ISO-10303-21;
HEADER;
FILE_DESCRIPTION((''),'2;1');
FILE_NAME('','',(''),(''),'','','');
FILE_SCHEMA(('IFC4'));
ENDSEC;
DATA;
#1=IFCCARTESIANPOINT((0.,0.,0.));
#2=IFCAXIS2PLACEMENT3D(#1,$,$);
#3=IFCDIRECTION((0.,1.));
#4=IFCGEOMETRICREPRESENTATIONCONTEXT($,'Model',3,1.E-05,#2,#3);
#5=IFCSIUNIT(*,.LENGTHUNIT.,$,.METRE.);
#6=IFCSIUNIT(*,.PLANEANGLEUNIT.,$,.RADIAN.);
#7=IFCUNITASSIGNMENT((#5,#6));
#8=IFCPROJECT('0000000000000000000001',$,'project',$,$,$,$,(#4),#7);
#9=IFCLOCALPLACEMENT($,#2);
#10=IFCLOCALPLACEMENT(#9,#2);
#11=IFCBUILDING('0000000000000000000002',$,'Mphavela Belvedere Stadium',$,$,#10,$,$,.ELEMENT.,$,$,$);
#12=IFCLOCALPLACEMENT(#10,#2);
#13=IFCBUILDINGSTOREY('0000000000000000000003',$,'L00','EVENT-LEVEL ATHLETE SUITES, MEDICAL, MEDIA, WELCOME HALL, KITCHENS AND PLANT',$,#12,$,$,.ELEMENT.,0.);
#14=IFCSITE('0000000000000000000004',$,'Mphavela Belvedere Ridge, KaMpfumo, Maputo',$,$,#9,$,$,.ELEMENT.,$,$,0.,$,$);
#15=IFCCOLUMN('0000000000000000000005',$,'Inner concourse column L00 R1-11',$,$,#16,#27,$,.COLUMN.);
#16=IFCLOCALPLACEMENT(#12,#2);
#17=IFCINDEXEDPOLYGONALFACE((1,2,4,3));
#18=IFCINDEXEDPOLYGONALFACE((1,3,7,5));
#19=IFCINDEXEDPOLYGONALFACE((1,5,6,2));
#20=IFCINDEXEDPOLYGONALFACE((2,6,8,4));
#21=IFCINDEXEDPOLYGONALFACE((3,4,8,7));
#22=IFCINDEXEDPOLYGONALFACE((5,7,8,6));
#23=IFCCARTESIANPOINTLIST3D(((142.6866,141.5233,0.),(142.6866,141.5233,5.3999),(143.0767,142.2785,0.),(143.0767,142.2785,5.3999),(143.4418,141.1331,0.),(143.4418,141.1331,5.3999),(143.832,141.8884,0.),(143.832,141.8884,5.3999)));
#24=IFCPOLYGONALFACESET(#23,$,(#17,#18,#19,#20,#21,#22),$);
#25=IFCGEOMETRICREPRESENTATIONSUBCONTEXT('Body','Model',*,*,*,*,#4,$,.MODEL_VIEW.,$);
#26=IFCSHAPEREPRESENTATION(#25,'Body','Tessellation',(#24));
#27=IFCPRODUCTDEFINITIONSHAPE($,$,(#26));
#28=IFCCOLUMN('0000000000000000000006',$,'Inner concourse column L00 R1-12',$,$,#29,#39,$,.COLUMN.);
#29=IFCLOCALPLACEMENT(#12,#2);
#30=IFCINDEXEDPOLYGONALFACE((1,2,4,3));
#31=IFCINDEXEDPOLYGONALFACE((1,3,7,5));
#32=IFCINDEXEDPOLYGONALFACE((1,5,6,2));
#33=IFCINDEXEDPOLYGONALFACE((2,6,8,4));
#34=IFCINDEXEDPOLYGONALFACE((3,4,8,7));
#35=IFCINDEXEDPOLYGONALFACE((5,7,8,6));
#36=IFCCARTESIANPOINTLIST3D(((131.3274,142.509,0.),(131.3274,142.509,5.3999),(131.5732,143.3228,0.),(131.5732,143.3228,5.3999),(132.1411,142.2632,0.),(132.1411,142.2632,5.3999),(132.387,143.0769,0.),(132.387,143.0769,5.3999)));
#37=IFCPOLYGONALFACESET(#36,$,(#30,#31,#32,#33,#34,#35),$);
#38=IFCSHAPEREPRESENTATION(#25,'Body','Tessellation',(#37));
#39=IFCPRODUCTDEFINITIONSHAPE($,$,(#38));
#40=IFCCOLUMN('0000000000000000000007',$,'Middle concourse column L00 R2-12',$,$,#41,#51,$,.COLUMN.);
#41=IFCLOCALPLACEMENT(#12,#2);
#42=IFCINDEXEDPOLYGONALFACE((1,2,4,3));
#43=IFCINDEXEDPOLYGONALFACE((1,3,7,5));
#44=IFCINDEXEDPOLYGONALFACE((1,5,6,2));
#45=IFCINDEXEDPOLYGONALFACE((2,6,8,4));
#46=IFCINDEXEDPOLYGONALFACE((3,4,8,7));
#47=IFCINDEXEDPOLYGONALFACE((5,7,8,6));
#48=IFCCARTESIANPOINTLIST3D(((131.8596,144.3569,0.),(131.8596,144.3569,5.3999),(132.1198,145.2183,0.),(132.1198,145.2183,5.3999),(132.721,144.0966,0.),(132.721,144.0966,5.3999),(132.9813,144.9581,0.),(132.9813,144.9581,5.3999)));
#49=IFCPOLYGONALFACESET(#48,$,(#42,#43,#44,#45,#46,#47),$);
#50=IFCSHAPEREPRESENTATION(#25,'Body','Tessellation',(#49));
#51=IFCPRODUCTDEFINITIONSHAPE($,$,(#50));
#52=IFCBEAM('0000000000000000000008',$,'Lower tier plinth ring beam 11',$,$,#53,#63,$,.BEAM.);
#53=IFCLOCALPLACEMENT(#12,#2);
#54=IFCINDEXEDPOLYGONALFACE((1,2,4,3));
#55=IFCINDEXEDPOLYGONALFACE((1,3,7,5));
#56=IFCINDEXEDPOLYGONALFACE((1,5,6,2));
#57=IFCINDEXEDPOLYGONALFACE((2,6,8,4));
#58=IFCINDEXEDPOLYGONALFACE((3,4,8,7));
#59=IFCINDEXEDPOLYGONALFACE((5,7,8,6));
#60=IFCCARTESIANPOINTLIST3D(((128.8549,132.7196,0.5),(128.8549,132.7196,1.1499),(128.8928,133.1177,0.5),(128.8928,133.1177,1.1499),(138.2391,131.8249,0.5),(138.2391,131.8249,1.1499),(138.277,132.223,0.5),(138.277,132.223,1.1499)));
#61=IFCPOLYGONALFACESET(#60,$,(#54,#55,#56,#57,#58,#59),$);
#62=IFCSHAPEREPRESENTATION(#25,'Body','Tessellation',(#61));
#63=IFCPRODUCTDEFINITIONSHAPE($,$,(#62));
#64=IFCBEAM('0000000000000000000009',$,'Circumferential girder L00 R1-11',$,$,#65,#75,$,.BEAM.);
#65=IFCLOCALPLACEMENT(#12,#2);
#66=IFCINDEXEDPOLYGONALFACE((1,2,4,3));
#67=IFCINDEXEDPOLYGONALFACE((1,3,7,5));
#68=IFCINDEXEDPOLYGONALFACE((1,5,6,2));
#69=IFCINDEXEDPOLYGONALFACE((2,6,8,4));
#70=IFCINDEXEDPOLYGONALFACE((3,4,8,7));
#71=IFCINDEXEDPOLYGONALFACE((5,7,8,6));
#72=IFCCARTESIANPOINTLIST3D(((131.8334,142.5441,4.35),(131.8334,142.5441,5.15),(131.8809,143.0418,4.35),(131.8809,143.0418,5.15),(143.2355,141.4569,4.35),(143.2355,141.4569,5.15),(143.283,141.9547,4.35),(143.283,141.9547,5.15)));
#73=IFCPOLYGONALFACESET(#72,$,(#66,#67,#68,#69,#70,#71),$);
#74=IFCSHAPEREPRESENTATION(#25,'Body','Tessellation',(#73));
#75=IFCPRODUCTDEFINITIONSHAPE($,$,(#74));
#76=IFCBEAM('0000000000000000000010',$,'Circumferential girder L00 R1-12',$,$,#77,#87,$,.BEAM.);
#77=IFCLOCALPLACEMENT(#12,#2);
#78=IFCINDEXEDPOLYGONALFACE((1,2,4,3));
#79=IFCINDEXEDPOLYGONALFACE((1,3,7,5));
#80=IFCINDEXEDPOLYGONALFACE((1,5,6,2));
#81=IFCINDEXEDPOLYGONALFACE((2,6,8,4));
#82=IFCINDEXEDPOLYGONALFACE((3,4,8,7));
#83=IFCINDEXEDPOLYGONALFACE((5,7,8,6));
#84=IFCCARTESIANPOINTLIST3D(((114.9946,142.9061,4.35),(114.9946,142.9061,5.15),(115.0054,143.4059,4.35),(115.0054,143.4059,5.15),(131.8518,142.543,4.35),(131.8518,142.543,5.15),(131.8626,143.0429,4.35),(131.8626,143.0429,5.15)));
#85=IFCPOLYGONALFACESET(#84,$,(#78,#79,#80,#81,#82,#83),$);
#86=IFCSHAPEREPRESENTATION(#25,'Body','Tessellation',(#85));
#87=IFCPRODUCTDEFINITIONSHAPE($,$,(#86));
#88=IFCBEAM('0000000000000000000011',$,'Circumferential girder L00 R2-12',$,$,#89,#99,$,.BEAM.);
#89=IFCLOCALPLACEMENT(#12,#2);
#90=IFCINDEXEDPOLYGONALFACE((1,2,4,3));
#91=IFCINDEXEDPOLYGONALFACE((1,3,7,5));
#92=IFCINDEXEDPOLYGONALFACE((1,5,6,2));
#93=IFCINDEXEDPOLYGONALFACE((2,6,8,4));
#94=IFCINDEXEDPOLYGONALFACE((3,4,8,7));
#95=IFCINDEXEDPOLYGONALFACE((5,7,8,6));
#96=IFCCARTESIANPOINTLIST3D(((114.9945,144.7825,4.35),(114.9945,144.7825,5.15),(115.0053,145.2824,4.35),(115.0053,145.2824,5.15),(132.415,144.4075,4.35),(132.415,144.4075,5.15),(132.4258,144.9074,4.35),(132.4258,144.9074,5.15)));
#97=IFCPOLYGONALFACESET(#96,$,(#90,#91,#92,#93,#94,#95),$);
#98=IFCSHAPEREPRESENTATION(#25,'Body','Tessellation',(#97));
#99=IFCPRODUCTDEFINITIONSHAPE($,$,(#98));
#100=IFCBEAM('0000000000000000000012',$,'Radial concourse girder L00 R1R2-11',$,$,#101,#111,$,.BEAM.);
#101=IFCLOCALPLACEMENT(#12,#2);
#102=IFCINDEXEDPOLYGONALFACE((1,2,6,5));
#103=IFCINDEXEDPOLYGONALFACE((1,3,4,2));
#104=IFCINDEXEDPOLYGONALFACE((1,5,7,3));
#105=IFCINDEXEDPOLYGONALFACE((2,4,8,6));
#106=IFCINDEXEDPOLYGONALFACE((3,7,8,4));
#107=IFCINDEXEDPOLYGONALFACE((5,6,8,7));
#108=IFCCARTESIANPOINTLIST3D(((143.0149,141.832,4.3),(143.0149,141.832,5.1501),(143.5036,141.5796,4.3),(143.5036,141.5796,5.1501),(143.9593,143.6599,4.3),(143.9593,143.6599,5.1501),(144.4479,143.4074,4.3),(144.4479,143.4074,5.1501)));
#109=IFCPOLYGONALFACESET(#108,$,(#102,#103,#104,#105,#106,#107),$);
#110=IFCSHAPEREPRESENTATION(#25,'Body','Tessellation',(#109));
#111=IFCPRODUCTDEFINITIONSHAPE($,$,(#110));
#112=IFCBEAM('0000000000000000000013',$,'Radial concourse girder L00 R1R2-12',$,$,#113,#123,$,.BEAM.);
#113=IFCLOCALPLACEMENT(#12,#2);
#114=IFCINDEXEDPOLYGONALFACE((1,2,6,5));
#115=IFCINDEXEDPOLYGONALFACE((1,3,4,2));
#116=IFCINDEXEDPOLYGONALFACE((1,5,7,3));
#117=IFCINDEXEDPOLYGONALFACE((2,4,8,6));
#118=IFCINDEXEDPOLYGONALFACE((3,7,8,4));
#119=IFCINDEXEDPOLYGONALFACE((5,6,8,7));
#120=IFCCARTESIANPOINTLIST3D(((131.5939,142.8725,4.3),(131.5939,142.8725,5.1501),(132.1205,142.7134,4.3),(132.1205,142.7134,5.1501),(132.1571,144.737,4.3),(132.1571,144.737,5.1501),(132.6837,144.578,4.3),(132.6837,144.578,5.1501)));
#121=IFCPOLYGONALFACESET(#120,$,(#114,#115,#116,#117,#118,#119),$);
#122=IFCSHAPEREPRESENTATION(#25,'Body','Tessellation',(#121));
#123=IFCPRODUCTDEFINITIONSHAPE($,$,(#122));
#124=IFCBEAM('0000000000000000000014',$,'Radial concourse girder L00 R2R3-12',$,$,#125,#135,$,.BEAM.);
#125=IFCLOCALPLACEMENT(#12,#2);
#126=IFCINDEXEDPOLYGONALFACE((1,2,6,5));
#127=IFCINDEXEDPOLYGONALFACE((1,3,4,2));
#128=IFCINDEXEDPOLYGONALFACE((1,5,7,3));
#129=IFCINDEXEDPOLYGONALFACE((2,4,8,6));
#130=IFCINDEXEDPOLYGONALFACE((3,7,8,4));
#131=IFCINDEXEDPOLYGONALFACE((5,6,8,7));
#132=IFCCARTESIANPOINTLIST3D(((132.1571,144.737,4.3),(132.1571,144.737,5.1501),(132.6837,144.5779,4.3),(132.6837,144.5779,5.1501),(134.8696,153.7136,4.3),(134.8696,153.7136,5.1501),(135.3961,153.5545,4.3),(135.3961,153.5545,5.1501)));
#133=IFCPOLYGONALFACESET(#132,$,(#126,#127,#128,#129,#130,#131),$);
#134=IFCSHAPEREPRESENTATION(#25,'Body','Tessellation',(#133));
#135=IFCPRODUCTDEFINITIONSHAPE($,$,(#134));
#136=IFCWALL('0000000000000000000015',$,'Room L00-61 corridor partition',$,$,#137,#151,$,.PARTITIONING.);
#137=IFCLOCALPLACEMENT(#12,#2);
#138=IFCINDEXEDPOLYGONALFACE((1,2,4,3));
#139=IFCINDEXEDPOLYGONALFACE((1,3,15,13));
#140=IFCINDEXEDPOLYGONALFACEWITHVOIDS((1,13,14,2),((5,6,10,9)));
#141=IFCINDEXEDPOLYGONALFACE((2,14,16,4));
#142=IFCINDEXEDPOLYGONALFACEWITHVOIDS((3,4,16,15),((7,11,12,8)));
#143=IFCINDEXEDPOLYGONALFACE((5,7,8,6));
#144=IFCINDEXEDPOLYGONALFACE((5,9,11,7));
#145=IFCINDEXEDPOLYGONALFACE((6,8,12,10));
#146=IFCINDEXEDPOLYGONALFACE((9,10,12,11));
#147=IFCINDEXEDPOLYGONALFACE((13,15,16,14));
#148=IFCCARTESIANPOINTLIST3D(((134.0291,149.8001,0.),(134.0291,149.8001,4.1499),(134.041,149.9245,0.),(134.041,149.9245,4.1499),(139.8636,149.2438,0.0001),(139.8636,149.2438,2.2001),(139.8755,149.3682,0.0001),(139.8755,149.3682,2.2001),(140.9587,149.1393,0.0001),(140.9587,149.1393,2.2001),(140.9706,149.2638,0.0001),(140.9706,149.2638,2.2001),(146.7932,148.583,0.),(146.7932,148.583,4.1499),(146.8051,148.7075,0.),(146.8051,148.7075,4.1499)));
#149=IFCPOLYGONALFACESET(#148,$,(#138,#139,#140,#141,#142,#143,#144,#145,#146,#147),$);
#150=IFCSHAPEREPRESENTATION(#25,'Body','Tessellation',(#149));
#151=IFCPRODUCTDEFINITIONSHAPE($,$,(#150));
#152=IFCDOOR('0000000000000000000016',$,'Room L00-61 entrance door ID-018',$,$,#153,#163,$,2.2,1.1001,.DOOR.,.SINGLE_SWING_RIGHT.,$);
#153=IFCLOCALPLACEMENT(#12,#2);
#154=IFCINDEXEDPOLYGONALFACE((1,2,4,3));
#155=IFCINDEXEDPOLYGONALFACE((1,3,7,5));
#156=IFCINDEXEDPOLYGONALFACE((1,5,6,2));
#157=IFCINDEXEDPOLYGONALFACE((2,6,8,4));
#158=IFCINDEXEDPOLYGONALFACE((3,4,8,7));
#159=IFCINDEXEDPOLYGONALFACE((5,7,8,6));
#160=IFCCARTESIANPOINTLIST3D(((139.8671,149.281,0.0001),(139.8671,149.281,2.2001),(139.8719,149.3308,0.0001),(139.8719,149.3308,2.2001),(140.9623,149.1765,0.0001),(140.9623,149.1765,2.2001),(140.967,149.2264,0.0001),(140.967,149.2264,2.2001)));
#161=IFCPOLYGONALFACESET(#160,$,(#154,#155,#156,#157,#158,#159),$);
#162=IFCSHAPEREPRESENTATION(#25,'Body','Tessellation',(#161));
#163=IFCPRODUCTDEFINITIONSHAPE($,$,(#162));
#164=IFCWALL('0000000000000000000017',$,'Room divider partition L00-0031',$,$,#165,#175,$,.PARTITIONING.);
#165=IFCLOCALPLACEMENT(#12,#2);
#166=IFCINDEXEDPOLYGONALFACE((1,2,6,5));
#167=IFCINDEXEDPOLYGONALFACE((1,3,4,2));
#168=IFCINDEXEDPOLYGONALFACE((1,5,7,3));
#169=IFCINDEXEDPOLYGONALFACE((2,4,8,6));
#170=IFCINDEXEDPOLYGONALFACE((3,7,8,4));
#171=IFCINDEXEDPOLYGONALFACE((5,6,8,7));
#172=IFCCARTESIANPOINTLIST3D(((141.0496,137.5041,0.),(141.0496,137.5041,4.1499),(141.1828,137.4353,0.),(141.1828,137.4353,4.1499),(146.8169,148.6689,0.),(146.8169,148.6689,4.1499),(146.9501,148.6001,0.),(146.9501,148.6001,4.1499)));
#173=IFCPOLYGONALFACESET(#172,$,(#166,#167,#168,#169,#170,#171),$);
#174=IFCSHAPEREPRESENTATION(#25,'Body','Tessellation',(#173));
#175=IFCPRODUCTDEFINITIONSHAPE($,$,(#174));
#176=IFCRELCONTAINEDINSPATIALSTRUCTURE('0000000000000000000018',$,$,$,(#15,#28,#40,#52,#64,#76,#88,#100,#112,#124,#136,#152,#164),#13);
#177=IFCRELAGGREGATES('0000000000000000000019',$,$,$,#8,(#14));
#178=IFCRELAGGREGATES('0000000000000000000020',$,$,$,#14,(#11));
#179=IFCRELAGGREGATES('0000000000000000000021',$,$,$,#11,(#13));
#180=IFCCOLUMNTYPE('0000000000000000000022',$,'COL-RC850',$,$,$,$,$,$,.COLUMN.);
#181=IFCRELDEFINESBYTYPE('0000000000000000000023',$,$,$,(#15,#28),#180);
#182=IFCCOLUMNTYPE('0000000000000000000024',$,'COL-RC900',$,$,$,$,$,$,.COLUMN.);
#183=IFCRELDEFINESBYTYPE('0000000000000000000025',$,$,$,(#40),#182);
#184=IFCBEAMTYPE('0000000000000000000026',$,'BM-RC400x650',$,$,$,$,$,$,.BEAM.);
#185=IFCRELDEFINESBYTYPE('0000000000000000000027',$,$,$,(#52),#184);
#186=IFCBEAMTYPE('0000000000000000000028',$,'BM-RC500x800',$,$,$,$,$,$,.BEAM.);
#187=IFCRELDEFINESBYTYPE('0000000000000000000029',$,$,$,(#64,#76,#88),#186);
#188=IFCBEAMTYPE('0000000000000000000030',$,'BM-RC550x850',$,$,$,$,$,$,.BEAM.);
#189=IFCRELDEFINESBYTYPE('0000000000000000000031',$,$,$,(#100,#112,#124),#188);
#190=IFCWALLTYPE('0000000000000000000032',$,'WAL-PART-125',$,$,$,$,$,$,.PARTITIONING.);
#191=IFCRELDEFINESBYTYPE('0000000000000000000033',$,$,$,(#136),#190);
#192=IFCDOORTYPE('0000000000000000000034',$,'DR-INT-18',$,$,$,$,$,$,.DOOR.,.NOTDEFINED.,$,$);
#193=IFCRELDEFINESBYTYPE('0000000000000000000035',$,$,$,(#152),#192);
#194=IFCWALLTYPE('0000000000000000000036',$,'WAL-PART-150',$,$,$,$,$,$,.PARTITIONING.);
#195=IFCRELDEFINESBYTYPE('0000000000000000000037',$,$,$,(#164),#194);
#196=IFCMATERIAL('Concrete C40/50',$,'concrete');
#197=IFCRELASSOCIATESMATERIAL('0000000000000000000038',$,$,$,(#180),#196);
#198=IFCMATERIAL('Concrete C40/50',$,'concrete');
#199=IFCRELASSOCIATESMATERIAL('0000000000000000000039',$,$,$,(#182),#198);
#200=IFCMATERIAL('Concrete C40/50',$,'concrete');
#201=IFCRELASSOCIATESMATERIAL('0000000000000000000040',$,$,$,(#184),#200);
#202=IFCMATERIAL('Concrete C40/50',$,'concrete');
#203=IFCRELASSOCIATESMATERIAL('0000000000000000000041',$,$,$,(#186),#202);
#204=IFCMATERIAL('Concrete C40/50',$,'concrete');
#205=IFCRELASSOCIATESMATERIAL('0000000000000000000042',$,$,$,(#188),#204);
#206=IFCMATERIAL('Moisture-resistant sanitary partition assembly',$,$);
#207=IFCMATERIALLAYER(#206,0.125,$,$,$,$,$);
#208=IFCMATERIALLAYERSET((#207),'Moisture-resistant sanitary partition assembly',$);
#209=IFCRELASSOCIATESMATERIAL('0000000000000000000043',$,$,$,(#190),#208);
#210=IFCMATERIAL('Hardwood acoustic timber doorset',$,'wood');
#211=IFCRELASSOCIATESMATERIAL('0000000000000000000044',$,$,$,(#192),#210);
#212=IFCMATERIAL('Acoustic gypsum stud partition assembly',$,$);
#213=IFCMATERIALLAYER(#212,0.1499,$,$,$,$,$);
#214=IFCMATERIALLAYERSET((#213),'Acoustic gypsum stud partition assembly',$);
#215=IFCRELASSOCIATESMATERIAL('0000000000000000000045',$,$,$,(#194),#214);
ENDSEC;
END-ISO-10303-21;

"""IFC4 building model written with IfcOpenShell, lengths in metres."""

from ifc_helpers import new_model, si_unit, direction, frame, frame_2d, origin, origin_2d, place, context, subcontext, project, spatial, rectangle, extrude, material, layer, layer_set, material_profile, profile_set, type_object, element, fill, save


model = new_model("IFC4")

# Units and contexts
model_context = context("Model", 3, precision=1e-05, world=origin(), true_north=direction((0.0, 1.0)))
body_context = subcontext(model_context, "Body", "Model", "MODEL_VIEW")
ifc_project = project(units=[si_unit("LENGTHUNIT", "METRE"), si_unit("PLANEANGLEUNIT", "RADIAN")], contexts=[model_context])

# Site, building, storey
site_placement = place(None, origin())
site = spatial("IfcSite", under=ifc_project, at=site_placement, Name="Mphavela Belvedere Ridge, KaMpfumo, Maputo", CompositionType="ELEMENT", RefElevation=0.0)
building_placement = place(site_placement, origin())
building = spatial("IfcBuilding", under=site, at=building_placement, Name="Mphavela Belvedere Stadium", CompositionType="ELEMENT")
storey_placement = place(building_placement, origin())
storey = spatial("IfcBuildingStorey", under=building, at=storey_placement, Name="L00", Description="EVENT-LEVEL ATHLETE SUITES, MEDICAL, MEDIA, WELCOME HALL, KITCHENS AND PLANT", CompositionType="ELEMENT", Elevation=0.0)

# Columns
ifc_material_1 = material(Name="Concrete C40/50", Category="concrete")
ifc_material_profile_1 = material_profile(ifc_material_1, rectangle(XDim=0.8501, YDim=0.8501, at=origin_2d()), Name="RC 850x850")
ifc_profile_set_1 = profile_set([ifc_material_profile_1], Name="Concrete C40/50")
column_type_1 = type_object("IfcColumnType", Name="COL-RC850", PredefinedType="COLUMN", material=ifc_profile_set_1)
for number, where, z_axis, x_axis, name in (
    (1, (143.2593, 141.7058, 0.0), (0.0, 0.0, 1.0), (0.45896, 0.888457, 0.0), "Inner concourse column L00 R1-11"),
    (2, (131.8572, 142.793, 0.0), (0.0, 0.0, 1.0), (0.289199, 0.957269, 0.0), "Inner concourse column L00 R1-12"),
):
    element("IfcColumn", number, at=place(storey_placement, frame(where, z_axis=z_axis, x_axis=x_axis)), inside=storey, type_object=column_type_1, Name=name, PredefinedType="COLUMN", context=body_context, shape_type="SweptSolid", body=[
        extrude(rectangle(XDim=0.8501, YDim=0.8501, at=origin_2d()), origin(), (0.0, 0.0, 1.0), 5.3999),
    ])
ifc_material_2 = material(Name="Concrete C40/50", Category="concrete")
ifc_material_profile_2 = material_profile(ifc_material_2, rectangle(XDim=0.8999, YDim=0.8999, at=origin_2d()), Name="RC 900x900")
ifc_profile_set_2 = profile_set([ifc_material_profile_2], Name="Concrete C40/50")
column_type_2 = type_object("IfcColumnType", Name="COL-RC900", PredefinedType="COLUMN", material=ifc_profile_set_2)
column_1_placement = place(storey_placement, frame((132.4204, 144.6575, 0.0), z_axis=(0.0, 0.0, 1.0), x_axis=(0.289199, 0.957269, 0.0)))
element("IfcColumn", 3, at=column_1_placement, inside=storey, type_object=column_type_2, Name="Middle concourse column L00 R2-12", PredefinedType="COLUMN", context=body_context, shape_type="SweptSolid", body=[
    extrude(rectangle(XDim=0.8999, YDim=0.8999, at=origin_2d()), origin(), (0.0, 0.0, 1.0), 5.3999),
])

# Beams
ifc_material_3 = material(Name="Concrete C40/50", Category="concrete")
ifc_material_profile_3 = material_profile(ifc_material_3, rectangle(XDim=0.3999, YDim=0.6499, at=origin_2d()), Name="RC 400x650")
ifc_profile_set_3 = profile_set([ifc_material_profile_3], Name="Concrete C40/50")
beam_type_1 = type_object("IfcBeamType", Name="BM-RC400x650", PredefinedType="BEAM", material=ifc_profile_set_3)
beam_1_placement = place(storey_placement, frame((138.2581, 132.0239, 0.825), z_axis=(-0.995485, 0.094918, 0.0), x_axis=(-0.094918, -0.995485, 0.0)))
element("IfcBeam", 4, at=beam_1_placement, inside=storey, type_object=beam_type_1, Name="Lower tier plinth ring beam 11", PredefinedType="BEAM", context=body_context, shape_type="SweptSolid", body=[
    extrude(rectangle(XDim=0.3999, YDim=0.6499, at=origin_2d()), origin(), (0.0, 0.0, 1.0), 9.4268),
])
ifc_material_4 = material(Name="Concrete C40/50", Category="concrete")
ifc_material_profile_4 = material_profile(ifc_material_4, rectangle(XDim=0.5, YDim=0.8, at=origin_2d()), Name="RC 500x800")
ifc_profile_set_4 = profile_set([ifc_material_profile_4], Name="Concrete C40/50")
beam_type_2 = type_object("IfcBeamType", Name="BM-RC500x800", PredefinedType="BEAM", material=ifc_profile_set_4)
beam_2_placement = place(storey_placement, frame((143.2593, 141.7058, 4.75), z_axis=(-0.995485, 0.094917, 0.0), x_axis=(-0.094917, -0.995485, 0.0)))
element("IfcBeam", 5, at=beam_2_placement, inside=storey, type_object=beam_type_2, Name="Circumferential girder L00 R1-11", PredefinedType="BEAM", context=body_context, shape_type="SweptSolid", body=[
    extrude(rectangle(XDim=0.5, YDim=0.8, at=origin_2d()), origin(), (0.0, 0.0, 1.0), 11.4539),
])
beam_3_placement = place(storey_placement, frame((131.8572, 142.793, 4.75), z_axis=(-0.999768, 0.021531, 0.0), x_axis=(-0.021531, -0.999768, 0.0)))
element("IfcBeam", 6, at=beam_3_placement, inside=storey, type_object=beam_type_2, Name="Circumferential girder L00 R1-12", PredefinedType="BEAM", context=body_context, shape_type="SweptSolid", body=[
    extrude(rectangle(XDim=0.5, YDim=0.8, at=origin_2d()), origin(), (0.0, 0.0, 1.0), 16.8611),
])
beam_4_placement = place(storey_placement, frame((132.4204, 144.6575, 4.75), z_axis=(-0.999768, 0.021521, 0.0), x_axis=(-0.021521, -0.999768, 0.0)))
element("IfcBeam", 7, at=beam_4_placement, inside=storey, type_object=beam_type_2, Name="Circumferential girder L00 R2-12", PredefinedType="BEAM", context=body_context, shape_type="SweptSolid", body=[
    extrude(rectangle(XDim=0.5, YDim=0.8, at=origin_2d()), origin(), (0.0, 0.0, 1.0), 17.4246),
])
ifc_material_5 = material(Name="Concrete C40/50", Category="concrete")
ifc_material_profile_5 = material_profile(ifc_material_5, rectangle(XDim=0.55, YDim=0.8501, at=origin_2d()), Name="RC 550x850")
ifc_profile_set_5 = profile_set([ifc_material_profile_5], Name="Concrete C40/50")
beam_type_3 = type_object("IfcBeamType", Name="BM-RC550x850", PredefinedType="BEAM", material=ifc_profile_set_5)
beam_5_placement = place(storey_placement, frame((143.2593, 141.7058, 4.7251), z_axis=(0.458994, 0.88844, 0.0), x_axis=(-0.88844, 0.458994, 0.0)))
element("IfcBeam", 8, at=beam_5_placement, inside=storey, type_object=beam_type_3, Name="Radial concourse girder L00 R1R2-11", PredefinedType="BEAM", context=body_context, shape_type="SweptSolid", body=[
    extrude(rectangle(XDim=0.55, YDim=0.8501, at=origin_2d()), origin(), (0.0, 0.0, 1.0), 2.0574),
])
beam_6_placement = place(storey_placement, frame((131.8572, 142.793, 4.7251), z_axis=(0.289176, 0.957276, 0.0), x_axis=(-0.957276, 0.289176, 0.0)))
element("IfcBeam", 9, at=beam_6_placement, inside=storey, type_object=beam_type_3, Name="Radial concourse girder L00 R1R2-12", PredefinedType="BEAM", context=body_context, shape_type="SweptSolid", body=[
    extrude(rectangle(XDim=0.55, YDim=0.8501, at=origin_2d()), origin(), (0.0, 0.0, 1.0), 1.9478),
])
beam_7_placement = place(storey_placement, frame((132.4204, 144.6575, 4.7251), z_axis=(0.289249, 0.957254, 0.0), x_axis=(-0.957254, 0.289249, 0.0)))
element("IfcBeam", 10, at=beam_7_placement, inside=storey, type_object=beam_type_3, Name="Radial concourse girder L00 R2R3-12", PredefinedType="BEAM", context=body_context, shape_type="SweptSolid", body=[
    extrude(rectangle(XDim=0.55, YDim=0.8501, at=origin_2d()), origin(), (0.0, 0.0, 1.0), 9.3774),
])

# Wall, opening, door
ifc_material_6 = material(Name="Moisture-resistant sanitary partition assembly")
ifc_layer_1 = layer(ifc_material_6, 0.125)
ifc_layer_set_1 = layer_set([ifc_layer_1], Name="Moisture-resistant sanitary partition assembly")
wall_type_1 = type_object("IfcWallType", Name="WAL-PART-125", PredefinedType="PARTITIONING", material=ifc_layer_set_1)
wall_1_placement = place(storey_placement, frame((134.0349, 149.8623, 0.0), z_axis=(0.0, 0.0, 1.0), x_axis=(0.995485, -0.094918, 0.0)))
wall_1 = element("IfcWall", 11, at=wall_1_placement, inside=storey, type_object=wall_type_1, Name="Room L00-61 corridor partition", PredefinedType="PARTITIONING", context=body_context, shape_type="SweptSolid", body=[
    extrude(rectangle(XDim=12.822, YDim=0.125, at=frame_2d((6.4111, 0.0))), origin(), (0.0, 0.0, 1.0), 4.1499),
])
opening_1_placement = place(wall_1_placement, frame((5.8611, 0.0, 0.0)))
opening_1 = element("IfcOpeningElement", 12, at=opening_1_placement, cuts=wall_1, PredefinedType="OPENING", context=body_context, shape_type="SweptSolid", body=[
    extrude(rectangle(XDim=1.1001, YDim=2.2, at=frame_2d((0.55, 1.1001))), frame((0.0, 0.0725, 0.0), z_axis=(0.0, -1.0, 0.0), x_axis=(1.0, 0.0, 0.0)), (0.0, 0.0, 1.0), 0.145),
])
ifc_material_7 = material(Name="Hardwood acoustic timber doorset", Category="wood")
door_type_1 = type_object("IfcDoorType", Name="DR-INT-18", OperationType="NOTDEFINED", PredefinedType="DOOR", material=ifc_material_7)
door_1_placement = place(opening_1_placement, origin())
door_1 = element("IfcDoor", 13, at=door_1_placement, inside=storey, type_object=door_type_1, Name="Room L00-61 entrance door ID-018", OperationType="SINGLE_SWING_RIGHT", OverallHeight=2.2, OverallWidth=1.1001, PredefinedType="DOOR", context=body_context, shape_type="SweptSolid", body=[
    extrude(rectangle(XDim=1.1001, YDim=2.2, at=frame_2d((0.55, 1.1001))), frame((0.0, 0.0249, 0.0), z_axis=(0.0, -1.0, 0.0), x_axis=(1.0, 0.0, 0.0)), (0.0, 0.0, 1.0), 0.05),
])
fill(opening_1, door_1)

# Wall
ifc_material_8 = material(Name="Acoustic gypsum stud partition assembly")
ifc_layer_2 = layer(ifc_material_8, 0.1499)
ifc_layer_set_2 = layer_set([ifc_layer_2], Name="Acoustic gypsum stud partition assembly")
wall_type_2 = type_object("IfcWallType", Name="WAL-PART-150", PredefinedType="PARTITIONING", material=ifc_layer_set_2)
wall_2_placement = place(storey_placement, frame((141.1162, 137.4697, 0.0), z_axis=(0.0, 0.0, 1.0), x_axis=(0.458948, 0.888463, 0.0)))
element("IfcWall", 14, at=wall_2_placement, inside=storey, type_object=wall_type_2, Name="Room divider partition L00-0031", PredefinedType="PARTITIONING", context=body_context, shape_type="SweptSolid", body=[
    extrude(rectangle(XDim=12.5664, YDim=0.1499, at=frame_2d((6.2832, 0.0))), origin(), (0.0, 0.0, 1.0), 4.1499),
])

save(model, "model.ifc")
